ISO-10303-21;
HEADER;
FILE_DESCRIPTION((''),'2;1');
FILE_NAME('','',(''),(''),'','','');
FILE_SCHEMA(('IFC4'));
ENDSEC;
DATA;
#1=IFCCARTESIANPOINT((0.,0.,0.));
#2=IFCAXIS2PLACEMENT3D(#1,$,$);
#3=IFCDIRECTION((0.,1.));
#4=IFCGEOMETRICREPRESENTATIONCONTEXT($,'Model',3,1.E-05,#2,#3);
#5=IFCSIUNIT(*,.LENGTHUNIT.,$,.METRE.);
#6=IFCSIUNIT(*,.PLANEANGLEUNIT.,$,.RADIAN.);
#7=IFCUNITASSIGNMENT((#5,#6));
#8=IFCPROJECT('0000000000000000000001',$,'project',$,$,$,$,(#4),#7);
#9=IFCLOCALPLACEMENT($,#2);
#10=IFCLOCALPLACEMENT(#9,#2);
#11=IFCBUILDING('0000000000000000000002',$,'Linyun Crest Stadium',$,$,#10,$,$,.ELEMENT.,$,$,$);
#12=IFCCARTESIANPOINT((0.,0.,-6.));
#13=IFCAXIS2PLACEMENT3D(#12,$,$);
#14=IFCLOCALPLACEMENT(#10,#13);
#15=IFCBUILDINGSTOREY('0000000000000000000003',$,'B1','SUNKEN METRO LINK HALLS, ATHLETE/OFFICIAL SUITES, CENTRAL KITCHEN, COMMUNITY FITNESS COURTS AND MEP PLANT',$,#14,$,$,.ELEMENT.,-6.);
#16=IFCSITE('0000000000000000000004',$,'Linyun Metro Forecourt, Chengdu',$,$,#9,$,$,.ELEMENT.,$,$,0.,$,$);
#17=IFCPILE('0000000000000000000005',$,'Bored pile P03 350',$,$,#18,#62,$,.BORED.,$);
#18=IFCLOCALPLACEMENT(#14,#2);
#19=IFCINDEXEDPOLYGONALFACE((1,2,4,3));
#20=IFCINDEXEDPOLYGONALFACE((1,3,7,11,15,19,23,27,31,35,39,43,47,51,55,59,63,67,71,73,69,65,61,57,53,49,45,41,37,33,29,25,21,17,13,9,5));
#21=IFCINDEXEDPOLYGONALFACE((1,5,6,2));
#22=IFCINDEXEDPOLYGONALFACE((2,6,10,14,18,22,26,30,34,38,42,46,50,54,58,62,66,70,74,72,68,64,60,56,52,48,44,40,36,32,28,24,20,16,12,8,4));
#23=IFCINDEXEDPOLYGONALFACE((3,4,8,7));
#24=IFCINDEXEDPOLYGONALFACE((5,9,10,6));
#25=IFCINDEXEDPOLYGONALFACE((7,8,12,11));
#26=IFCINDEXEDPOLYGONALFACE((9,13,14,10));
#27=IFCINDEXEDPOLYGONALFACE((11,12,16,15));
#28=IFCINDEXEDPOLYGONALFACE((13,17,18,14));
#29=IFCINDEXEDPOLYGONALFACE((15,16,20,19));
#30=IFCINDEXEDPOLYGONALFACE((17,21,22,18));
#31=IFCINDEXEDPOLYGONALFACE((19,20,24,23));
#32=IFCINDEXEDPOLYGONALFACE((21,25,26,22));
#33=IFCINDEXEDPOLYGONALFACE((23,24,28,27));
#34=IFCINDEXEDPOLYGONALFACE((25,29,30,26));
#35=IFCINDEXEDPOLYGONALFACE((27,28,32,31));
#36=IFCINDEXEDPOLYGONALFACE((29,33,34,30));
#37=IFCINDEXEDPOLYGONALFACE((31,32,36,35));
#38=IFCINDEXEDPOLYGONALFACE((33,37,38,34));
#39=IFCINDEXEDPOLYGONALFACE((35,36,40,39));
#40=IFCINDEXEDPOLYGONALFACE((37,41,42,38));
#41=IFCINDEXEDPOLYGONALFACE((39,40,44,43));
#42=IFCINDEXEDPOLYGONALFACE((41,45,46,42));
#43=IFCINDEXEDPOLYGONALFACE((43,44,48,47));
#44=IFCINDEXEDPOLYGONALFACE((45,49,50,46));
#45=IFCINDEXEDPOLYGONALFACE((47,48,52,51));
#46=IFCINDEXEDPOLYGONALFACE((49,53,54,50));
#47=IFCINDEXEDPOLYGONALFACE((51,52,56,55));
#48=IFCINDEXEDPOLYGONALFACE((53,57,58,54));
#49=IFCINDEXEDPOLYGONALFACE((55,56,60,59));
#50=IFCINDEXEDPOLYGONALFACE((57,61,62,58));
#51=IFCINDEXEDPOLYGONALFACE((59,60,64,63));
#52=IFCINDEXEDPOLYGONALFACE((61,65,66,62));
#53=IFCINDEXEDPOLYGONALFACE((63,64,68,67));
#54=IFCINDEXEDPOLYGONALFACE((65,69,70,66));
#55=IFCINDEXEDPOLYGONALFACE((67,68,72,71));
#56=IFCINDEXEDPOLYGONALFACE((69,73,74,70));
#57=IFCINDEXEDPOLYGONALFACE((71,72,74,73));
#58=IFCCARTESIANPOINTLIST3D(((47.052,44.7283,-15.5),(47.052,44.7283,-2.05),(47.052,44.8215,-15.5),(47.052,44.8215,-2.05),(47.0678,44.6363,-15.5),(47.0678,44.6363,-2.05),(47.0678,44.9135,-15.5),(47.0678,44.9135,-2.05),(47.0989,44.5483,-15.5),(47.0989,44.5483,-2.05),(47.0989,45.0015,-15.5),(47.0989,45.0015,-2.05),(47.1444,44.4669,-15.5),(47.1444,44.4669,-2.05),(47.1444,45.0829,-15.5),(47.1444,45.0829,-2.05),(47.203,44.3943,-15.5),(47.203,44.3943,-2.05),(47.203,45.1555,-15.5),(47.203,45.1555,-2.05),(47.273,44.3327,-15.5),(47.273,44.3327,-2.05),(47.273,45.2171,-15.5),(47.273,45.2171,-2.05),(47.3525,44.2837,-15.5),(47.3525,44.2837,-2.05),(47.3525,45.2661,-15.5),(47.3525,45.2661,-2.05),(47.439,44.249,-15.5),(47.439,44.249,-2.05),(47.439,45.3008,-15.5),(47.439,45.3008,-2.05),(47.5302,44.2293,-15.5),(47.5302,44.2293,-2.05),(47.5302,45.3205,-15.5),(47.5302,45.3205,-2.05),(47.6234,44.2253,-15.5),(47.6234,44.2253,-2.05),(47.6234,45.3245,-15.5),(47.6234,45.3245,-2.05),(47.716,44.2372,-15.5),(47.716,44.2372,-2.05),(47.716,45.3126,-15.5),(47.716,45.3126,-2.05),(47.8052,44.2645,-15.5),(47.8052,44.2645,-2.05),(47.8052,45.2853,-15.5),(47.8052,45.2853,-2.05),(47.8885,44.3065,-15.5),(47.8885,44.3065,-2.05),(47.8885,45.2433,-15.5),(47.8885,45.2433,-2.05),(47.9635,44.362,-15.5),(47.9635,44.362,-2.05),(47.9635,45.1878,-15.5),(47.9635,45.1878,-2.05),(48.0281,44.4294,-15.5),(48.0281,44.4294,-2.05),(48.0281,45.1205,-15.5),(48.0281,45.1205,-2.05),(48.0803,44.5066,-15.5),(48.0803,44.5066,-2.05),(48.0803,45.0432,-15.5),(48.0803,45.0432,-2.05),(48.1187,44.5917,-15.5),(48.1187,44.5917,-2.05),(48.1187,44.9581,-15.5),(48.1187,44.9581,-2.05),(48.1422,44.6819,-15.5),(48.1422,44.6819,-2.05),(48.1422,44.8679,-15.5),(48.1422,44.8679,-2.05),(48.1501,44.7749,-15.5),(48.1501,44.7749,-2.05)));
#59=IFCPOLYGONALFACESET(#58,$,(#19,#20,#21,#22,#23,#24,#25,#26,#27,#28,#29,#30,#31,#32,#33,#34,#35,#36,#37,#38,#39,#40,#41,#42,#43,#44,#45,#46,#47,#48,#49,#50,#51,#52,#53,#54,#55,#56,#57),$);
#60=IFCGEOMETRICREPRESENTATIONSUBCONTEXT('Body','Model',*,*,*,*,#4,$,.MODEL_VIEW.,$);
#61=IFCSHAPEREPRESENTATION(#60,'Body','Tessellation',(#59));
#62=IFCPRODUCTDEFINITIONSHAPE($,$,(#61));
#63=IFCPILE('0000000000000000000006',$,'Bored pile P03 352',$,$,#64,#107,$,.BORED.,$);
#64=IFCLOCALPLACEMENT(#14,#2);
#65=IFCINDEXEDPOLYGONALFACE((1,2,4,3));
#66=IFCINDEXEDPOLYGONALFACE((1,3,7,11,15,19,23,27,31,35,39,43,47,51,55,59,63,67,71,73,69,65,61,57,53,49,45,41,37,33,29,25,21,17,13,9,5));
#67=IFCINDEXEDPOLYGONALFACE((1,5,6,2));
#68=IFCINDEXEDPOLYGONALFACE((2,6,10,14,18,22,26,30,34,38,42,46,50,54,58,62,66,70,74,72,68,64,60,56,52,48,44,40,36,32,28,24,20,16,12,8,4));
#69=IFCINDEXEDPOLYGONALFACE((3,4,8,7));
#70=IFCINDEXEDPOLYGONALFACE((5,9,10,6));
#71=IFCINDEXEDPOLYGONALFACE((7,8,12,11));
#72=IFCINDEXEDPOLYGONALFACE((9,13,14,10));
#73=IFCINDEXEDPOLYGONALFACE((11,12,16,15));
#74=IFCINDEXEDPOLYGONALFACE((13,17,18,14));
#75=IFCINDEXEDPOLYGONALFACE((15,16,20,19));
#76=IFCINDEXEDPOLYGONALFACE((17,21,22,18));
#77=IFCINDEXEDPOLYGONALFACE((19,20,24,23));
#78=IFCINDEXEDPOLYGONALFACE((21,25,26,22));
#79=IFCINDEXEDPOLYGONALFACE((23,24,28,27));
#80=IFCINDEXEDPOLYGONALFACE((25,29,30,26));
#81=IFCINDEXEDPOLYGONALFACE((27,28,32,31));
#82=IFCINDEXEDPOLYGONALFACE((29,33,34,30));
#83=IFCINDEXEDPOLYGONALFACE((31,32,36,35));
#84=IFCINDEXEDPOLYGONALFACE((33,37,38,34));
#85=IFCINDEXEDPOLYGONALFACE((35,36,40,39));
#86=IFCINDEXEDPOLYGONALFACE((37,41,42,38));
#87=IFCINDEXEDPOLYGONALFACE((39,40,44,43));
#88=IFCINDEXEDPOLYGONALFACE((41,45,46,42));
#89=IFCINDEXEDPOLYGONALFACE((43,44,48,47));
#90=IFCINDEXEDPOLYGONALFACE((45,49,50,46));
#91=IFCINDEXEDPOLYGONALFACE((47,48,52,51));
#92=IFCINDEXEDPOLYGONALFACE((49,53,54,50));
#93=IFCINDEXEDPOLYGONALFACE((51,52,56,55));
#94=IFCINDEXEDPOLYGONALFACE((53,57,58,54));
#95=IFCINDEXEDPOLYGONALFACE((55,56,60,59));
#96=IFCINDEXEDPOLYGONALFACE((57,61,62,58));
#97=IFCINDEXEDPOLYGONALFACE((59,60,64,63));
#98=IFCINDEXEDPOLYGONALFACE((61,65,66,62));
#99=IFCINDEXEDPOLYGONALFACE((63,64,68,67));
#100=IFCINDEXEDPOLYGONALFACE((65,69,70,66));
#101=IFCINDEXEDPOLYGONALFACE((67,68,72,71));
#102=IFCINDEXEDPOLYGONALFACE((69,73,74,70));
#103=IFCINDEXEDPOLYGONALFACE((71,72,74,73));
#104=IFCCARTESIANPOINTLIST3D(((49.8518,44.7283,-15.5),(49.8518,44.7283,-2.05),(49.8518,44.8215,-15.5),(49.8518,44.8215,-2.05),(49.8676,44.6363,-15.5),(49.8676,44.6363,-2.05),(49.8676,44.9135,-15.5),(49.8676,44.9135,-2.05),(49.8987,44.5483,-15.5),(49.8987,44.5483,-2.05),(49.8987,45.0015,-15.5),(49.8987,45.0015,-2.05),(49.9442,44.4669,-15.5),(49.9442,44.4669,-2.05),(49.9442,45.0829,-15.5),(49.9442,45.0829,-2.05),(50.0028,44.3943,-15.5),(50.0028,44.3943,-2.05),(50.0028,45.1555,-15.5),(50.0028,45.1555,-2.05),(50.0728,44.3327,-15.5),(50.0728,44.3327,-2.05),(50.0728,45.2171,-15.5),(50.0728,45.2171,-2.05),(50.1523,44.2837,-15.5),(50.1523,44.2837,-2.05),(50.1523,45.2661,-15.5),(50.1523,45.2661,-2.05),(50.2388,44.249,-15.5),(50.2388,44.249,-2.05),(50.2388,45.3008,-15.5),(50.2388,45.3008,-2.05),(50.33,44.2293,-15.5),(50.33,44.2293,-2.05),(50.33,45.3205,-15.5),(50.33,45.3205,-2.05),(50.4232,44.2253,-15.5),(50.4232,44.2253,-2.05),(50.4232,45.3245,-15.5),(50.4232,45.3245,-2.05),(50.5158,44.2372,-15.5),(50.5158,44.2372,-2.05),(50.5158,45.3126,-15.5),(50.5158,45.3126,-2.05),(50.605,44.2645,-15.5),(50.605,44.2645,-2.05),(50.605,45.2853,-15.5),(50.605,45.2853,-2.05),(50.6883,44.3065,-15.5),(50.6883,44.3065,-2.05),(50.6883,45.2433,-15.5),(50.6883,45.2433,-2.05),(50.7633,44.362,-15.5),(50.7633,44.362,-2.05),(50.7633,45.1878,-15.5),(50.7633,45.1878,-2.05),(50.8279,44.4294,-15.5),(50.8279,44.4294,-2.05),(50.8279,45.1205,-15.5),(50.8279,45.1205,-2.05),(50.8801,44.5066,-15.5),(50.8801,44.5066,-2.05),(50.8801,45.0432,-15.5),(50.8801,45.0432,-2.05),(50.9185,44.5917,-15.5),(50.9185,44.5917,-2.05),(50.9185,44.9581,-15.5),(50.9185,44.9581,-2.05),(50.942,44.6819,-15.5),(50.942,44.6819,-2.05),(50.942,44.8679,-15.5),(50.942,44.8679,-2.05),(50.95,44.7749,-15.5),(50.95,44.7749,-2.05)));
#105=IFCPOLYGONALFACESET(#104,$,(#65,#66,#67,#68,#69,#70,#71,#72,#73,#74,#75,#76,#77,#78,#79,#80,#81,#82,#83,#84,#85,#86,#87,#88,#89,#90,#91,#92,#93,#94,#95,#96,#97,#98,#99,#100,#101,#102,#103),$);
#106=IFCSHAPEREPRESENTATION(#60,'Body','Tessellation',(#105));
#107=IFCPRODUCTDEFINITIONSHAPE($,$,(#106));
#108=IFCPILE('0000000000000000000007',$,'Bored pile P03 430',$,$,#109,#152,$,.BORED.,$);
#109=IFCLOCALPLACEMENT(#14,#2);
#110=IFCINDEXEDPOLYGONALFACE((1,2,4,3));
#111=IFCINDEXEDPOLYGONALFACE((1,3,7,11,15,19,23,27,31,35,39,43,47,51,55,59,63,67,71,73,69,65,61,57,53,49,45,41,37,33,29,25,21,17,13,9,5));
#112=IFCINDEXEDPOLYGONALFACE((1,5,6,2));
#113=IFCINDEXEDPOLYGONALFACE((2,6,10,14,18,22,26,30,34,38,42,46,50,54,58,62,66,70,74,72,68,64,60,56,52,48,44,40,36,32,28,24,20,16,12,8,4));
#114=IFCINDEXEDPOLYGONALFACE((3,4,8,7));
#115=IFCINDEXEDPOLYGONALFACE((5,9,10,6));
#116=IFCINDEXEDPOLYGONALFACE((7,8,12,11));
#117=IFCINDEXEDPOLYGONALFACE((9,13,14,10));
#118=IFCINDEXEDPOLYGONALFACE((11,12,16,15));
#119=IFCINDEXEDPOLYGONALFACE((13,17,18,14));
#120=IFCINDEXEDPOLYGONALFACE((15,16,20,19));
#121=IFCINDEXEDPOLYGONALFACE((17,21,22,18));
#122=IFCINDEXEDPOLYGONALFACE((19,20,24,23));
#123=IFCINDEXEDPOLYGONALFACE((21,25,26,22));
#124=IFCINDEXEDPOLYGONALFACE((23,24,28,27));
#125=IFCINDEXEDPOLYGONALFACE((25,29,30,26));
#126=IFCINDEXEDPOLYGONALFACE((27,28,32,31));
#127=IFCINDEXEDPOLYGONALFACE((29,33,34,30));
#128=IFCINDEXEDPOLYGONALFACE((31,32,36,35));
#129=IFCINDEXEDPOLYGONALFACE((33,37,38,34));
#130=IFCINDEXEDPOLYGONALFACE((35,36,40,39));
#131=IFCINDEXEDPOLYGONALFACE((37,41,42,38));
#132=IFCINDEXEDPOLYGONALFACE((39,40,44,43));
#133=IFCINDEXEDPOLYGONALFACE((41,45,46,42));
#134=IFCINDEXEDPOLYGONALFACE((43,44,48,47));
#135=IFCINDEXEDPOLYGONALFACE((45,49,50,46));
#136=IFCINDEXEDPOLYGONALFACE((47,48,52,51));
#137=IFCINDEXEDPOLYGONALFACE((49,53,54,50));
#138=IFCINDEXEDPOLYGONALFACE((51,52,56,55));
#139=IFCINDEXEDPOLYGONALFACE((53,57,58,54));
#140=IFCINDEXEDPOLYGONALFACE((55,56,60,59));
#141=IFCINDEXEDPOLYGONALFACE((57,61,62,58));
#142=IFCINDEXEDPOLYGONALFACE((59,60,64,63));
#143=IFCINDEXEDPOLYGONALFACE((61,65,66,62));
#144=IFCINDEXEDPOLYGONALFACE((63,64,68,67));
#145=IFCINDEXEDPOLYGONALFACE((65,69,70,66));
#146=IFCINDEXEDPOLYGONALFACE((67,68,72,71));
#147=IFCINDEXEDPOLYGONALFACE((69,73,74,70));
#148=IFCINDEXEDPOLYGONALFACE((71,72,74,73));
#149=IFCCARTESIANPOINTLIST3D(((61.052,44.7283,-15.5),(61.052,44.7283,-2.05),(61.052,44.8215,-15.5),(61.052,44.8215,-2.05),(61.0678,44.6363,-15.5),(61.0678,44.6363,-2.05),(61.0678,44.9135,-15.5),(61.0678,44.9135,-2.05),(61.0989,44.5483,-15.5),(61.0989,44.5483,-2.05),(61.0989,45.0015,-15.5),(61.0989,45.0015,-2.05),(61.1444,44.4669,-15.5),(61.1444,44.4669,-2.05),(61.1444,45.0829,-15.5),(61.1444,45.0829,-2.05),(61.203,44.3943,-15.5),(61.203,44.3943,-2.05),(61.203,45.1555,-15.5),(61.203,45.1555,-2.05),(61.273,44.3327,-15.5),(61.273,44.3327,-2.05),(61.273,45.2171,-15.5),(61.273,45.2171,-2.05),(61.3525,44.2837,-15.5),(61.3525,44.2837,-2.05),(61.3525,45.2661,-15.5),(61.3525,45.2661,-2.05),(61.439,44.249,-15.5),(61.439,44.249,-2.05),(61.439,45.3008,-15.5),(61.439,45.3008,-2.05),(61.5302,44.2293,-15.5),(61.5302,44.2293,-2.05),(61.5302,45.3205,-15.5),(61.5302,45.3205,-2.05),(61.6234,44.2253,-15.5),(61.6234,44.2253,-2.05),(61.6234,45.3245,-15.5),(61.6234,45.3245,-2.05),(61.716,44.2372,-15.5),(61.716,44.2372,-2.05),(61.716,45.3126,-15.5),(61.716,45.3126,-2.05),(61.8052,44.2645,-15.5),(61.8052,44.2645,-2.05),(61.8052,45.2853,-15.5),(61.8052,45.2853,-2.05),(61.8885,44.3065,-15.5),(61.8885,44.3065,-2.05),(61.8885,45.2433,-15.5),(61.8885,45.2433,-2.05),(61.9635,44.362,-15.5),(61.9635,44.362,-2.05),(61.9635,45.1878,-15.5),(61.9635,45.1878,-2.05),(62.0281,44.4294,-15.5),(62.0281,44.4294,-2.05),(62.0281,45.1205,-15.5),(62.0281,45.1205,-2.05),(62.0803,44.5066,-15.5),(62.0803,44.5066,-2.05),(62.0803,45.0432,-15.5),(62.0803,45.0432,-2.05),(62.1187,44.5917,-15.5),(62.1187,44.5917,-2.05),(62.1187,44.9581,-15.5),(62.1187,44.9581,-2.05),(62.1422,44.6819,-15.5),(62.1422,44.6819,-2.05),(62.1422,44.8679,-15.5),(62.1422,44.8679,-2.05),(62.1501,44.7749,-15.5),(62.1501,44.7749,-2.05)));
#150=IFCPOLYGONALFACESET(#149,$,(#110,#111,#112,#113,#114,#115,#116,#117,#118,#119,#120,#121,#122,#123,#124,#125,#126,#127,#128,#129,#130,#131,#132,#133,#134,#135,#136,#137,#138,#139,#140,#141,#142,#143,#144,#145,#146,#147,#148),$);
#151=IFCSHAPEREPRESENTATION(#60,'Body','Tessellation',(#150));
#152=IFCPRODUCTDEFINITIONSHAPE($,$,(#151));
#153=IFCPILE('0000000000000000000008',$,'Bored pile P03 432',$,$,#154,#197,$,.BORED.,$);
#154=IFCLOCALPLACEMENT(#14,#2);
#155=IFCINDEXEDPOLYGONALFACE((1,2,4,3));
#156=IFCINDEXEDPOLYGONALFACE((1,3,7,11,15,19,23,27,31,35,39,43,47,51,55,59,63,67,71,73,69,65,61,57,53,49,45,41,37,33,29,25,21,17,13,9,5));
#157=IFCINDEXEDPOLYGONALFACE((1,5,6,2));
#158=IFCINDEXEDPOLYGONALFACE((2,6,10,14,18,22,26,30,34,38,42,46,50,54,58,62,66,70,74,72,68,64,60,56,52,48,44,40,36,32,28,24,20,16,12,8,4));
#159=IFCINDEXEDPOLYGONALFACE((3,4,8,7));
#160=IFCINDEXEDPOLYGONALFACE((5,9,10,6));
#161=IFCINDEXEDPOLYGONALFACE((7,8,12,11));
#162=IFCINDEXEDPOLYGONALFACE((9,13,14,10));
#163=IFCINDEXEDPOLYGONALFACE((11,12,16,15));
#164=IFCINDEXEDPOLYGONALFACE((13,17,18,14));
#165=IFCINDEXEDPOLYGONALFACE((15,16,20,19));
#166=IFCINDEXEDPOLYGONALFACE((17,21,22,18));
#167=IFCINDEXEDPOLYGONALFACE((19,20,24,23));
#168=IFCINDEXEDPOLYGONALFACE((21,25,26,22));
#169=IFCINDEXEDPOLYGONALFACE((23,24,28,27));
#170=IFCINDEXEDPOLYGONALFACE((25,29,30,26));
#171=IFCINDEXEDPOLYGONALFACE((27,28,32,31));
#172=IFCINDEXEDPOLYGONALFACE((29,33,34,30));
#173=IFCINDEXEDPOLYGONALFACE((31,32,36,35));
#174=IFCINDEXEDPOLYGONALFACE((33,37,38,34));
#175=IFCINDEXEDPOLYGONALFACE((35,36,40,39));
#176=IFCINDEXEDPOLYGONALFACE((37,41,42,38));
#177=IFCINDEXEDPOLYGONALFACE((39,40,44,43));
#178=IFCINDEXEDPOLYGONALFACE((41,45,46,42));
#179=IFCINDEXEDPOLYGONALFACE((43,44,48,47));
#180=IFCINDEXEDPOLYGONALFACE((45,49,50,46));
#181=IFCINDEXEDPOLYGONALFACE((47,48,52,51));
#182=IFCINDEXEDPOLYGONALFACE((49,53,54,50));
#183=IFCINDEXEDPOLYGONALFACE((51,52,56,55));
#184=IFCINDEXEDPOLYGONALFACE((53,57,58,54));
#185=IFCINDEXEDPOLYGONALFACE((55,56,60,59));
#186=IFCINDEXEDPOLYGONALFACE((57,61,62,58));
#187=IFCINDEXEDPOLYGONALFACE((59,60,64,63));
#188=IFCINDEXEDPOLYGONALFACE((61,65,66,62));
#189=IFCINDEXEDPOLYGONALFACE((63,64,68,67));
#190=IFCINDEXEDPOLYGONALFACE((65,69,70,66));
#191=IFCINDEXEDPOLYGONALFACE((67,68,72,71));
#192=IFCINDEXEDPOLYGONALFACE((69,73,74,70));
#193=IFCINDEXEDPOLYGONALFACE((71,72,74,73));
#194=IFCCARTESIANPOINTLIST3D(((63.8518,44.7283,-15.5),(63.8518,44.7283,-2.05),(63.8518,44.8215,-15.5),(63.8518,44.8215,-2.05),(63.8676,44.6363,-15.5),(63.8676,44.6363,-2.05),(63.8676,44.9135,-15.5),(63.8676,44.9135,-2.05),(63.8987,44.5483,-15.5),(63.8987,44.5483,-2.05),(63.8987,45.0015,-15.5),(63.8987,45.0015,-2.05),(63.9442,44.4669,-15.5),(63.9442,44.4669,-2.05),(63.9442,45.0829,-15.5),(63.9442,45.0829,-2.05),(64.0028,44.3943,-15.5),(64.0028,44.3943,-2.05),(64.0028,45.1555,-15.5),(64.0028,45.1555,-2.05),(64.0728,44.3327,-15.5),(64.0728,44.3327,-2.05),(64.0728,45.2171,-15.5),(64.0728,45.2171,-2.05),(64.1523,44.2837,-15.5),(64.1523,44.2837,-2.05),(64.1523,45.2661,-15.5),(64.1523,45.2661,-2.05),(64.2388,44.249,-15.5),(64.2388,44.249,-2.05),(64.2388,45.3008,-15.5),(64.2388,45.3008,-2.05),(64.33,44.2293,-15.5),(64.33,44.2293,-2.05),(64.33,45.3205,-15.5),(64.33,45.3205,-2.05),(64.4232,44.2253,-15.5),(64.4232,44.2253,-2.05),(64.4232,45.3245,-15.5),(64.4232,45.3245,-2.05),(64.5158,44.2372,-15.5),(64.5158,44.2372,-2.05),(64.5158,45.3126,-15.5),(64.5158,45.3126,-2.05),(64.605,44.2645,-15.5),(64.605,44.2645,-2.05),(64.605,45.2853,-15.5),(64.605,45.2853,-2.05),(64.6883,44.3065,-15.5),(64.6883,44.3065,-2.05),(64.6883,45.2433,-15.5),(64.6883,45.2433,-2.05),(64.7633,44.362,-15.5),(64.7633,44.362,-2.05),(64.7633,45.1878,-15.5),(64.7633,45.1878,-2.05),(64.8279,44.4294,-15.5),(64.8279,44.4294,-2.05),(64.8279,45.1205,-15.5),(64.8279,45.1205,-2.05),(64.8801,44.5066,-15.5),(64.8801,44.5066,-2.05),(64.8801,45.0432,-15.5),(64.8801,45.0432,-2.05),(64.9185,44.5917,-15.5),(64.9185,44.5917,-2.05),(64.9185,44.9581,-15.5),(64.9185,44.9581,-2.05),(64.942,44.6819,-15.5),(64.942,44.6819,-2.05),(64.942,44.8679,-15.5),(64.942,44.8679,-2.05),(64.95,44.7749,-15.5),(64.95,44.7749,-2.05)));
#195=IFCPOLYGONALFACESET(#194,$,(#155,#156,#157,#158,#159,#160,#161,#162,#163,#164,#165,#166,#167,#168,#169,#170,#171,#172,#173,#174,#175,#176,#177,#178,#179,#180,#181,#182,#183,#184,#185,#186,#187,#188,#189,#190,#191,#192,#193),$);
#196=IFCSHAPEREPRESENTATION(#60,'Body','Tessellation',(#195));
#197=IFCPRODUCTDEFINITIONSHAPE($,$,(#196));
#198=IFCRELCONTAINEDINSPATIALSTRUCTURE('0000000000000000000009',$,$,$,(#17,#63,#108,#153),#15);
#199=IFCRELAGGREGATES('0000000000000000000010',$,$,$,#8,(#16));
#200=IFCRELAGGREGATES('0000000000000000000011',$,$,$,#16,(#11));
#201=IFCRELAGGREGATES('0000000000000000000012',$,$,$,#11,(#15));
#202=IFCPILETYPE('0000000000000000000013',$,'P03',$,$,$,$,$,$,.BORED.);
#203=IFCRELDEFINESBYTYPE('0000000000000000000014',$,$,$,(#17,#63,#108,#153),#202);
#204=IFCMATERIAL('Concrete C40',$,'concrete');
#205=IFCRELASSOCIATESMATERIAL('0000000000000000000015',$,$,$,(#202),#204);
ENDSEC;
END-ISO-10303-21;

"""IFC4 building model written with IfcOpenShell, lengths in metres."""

from ifc_helpers import new_model, si_unit, direction, frame, origin, origin_2d, place, context, subcontext, project, spatial, circle, extrude, material, material_profile, profile_set, type_object, element, save


model = new_model("IFC4")

# Units and contexts
model_context = context("Model", 3, precision=1e-05, world=origin(), true_north=direction((0.0, 1.0)))
body_context = subcontext(model_context, "Body", "Model", "MODEL_VIEW")
ifc_project = project(units=[si_unit("LENGTHUNIT", "METRE"), si_unit("PLANEANGLEUNIT", "RADIAN")], contexts=[model_context])

# Site, building, storey
site_placement = place(None, origin())
site = spatial("IfcSite", under=ifc_project, at=site_placement, Name="Linyun Metro Forecourt, Chengdu", CompositionType="ELEMENT", RefElevation=0.0)
building_placement = place(site_placement, origin())
building = spatial("IfcBuilding", under=site, at=building_placement, Name="Linyun Crest Stadium", CompositionType="ELEMENT")
storey_placement = place(building_placement, frame((0.0, 0.0, -6.0)))
storey = spatial("IfcBuildingStorey", under=building, at=storey_placement, Name="B1", Description="SUNKEN METRO LINK HALLS, ATHLETE/OFFICIAL SUITES, CENTRAL KITCHEN, COMMUNITY FITNESS COURTS AND MEP PLANT", CompositionType="ELEMENT", Elevation=-6.0)

# Piles
ifc_material_1 = material(Name="Concrete C40", Category="concrete")
ifc_material_profile_1 = material_profile(ifc_material_1, circle(Radius=0.55, at=origin_2d()), Name="BORED PILE 1100")
ifc_profile_set_1 = profile_set([ifc_material_profile_1], Name="Concrete C40")
pile_type_1 = type_object("IfcPileType", Name="P03", PredefinedType="BORED", material=ifc_profile_set_1)
for number, where, z_axis, x_axis, name in (
    (1, (47.6001, 44.7749, -2.05), (0.0, 0.0, -1.0), (1.0, 0.0, 0.0), "Bored pile P03 350"),
    (2, (50.3999, 44.7749, -2.05), (0.0, 0.0, -1.0), (1.0, 0.0, 0.0), "Bored pile P03 352"),
    (3, (61.6001, 44.7749, -2.05), (0.0, 0.0, -1.0), (1.0, 0.0, 0.0), "Bored pile P03 430"),
    (4, (64.3999, 44.7749, -2.05), (0.0, 0.0, -1.0), (1.0, 0.0, 0.0), "Bored pile P03 432"),
):
    element("IfcPile", number, at=place(storey_placement, frame(where, z_axis=z_axis, x_axis=x_axis)), inside=storey, type_object=pile_type_1, Name=name, PredefinedType="BORED", context=body_context, shape_type="SweptSolid", body=[
        extrude(circle(Radius=0.55, at=origin_2d()), origin(), (0.0, 0.0, 1.0), 13.45),
    ])

save(model, "model.ifc")
